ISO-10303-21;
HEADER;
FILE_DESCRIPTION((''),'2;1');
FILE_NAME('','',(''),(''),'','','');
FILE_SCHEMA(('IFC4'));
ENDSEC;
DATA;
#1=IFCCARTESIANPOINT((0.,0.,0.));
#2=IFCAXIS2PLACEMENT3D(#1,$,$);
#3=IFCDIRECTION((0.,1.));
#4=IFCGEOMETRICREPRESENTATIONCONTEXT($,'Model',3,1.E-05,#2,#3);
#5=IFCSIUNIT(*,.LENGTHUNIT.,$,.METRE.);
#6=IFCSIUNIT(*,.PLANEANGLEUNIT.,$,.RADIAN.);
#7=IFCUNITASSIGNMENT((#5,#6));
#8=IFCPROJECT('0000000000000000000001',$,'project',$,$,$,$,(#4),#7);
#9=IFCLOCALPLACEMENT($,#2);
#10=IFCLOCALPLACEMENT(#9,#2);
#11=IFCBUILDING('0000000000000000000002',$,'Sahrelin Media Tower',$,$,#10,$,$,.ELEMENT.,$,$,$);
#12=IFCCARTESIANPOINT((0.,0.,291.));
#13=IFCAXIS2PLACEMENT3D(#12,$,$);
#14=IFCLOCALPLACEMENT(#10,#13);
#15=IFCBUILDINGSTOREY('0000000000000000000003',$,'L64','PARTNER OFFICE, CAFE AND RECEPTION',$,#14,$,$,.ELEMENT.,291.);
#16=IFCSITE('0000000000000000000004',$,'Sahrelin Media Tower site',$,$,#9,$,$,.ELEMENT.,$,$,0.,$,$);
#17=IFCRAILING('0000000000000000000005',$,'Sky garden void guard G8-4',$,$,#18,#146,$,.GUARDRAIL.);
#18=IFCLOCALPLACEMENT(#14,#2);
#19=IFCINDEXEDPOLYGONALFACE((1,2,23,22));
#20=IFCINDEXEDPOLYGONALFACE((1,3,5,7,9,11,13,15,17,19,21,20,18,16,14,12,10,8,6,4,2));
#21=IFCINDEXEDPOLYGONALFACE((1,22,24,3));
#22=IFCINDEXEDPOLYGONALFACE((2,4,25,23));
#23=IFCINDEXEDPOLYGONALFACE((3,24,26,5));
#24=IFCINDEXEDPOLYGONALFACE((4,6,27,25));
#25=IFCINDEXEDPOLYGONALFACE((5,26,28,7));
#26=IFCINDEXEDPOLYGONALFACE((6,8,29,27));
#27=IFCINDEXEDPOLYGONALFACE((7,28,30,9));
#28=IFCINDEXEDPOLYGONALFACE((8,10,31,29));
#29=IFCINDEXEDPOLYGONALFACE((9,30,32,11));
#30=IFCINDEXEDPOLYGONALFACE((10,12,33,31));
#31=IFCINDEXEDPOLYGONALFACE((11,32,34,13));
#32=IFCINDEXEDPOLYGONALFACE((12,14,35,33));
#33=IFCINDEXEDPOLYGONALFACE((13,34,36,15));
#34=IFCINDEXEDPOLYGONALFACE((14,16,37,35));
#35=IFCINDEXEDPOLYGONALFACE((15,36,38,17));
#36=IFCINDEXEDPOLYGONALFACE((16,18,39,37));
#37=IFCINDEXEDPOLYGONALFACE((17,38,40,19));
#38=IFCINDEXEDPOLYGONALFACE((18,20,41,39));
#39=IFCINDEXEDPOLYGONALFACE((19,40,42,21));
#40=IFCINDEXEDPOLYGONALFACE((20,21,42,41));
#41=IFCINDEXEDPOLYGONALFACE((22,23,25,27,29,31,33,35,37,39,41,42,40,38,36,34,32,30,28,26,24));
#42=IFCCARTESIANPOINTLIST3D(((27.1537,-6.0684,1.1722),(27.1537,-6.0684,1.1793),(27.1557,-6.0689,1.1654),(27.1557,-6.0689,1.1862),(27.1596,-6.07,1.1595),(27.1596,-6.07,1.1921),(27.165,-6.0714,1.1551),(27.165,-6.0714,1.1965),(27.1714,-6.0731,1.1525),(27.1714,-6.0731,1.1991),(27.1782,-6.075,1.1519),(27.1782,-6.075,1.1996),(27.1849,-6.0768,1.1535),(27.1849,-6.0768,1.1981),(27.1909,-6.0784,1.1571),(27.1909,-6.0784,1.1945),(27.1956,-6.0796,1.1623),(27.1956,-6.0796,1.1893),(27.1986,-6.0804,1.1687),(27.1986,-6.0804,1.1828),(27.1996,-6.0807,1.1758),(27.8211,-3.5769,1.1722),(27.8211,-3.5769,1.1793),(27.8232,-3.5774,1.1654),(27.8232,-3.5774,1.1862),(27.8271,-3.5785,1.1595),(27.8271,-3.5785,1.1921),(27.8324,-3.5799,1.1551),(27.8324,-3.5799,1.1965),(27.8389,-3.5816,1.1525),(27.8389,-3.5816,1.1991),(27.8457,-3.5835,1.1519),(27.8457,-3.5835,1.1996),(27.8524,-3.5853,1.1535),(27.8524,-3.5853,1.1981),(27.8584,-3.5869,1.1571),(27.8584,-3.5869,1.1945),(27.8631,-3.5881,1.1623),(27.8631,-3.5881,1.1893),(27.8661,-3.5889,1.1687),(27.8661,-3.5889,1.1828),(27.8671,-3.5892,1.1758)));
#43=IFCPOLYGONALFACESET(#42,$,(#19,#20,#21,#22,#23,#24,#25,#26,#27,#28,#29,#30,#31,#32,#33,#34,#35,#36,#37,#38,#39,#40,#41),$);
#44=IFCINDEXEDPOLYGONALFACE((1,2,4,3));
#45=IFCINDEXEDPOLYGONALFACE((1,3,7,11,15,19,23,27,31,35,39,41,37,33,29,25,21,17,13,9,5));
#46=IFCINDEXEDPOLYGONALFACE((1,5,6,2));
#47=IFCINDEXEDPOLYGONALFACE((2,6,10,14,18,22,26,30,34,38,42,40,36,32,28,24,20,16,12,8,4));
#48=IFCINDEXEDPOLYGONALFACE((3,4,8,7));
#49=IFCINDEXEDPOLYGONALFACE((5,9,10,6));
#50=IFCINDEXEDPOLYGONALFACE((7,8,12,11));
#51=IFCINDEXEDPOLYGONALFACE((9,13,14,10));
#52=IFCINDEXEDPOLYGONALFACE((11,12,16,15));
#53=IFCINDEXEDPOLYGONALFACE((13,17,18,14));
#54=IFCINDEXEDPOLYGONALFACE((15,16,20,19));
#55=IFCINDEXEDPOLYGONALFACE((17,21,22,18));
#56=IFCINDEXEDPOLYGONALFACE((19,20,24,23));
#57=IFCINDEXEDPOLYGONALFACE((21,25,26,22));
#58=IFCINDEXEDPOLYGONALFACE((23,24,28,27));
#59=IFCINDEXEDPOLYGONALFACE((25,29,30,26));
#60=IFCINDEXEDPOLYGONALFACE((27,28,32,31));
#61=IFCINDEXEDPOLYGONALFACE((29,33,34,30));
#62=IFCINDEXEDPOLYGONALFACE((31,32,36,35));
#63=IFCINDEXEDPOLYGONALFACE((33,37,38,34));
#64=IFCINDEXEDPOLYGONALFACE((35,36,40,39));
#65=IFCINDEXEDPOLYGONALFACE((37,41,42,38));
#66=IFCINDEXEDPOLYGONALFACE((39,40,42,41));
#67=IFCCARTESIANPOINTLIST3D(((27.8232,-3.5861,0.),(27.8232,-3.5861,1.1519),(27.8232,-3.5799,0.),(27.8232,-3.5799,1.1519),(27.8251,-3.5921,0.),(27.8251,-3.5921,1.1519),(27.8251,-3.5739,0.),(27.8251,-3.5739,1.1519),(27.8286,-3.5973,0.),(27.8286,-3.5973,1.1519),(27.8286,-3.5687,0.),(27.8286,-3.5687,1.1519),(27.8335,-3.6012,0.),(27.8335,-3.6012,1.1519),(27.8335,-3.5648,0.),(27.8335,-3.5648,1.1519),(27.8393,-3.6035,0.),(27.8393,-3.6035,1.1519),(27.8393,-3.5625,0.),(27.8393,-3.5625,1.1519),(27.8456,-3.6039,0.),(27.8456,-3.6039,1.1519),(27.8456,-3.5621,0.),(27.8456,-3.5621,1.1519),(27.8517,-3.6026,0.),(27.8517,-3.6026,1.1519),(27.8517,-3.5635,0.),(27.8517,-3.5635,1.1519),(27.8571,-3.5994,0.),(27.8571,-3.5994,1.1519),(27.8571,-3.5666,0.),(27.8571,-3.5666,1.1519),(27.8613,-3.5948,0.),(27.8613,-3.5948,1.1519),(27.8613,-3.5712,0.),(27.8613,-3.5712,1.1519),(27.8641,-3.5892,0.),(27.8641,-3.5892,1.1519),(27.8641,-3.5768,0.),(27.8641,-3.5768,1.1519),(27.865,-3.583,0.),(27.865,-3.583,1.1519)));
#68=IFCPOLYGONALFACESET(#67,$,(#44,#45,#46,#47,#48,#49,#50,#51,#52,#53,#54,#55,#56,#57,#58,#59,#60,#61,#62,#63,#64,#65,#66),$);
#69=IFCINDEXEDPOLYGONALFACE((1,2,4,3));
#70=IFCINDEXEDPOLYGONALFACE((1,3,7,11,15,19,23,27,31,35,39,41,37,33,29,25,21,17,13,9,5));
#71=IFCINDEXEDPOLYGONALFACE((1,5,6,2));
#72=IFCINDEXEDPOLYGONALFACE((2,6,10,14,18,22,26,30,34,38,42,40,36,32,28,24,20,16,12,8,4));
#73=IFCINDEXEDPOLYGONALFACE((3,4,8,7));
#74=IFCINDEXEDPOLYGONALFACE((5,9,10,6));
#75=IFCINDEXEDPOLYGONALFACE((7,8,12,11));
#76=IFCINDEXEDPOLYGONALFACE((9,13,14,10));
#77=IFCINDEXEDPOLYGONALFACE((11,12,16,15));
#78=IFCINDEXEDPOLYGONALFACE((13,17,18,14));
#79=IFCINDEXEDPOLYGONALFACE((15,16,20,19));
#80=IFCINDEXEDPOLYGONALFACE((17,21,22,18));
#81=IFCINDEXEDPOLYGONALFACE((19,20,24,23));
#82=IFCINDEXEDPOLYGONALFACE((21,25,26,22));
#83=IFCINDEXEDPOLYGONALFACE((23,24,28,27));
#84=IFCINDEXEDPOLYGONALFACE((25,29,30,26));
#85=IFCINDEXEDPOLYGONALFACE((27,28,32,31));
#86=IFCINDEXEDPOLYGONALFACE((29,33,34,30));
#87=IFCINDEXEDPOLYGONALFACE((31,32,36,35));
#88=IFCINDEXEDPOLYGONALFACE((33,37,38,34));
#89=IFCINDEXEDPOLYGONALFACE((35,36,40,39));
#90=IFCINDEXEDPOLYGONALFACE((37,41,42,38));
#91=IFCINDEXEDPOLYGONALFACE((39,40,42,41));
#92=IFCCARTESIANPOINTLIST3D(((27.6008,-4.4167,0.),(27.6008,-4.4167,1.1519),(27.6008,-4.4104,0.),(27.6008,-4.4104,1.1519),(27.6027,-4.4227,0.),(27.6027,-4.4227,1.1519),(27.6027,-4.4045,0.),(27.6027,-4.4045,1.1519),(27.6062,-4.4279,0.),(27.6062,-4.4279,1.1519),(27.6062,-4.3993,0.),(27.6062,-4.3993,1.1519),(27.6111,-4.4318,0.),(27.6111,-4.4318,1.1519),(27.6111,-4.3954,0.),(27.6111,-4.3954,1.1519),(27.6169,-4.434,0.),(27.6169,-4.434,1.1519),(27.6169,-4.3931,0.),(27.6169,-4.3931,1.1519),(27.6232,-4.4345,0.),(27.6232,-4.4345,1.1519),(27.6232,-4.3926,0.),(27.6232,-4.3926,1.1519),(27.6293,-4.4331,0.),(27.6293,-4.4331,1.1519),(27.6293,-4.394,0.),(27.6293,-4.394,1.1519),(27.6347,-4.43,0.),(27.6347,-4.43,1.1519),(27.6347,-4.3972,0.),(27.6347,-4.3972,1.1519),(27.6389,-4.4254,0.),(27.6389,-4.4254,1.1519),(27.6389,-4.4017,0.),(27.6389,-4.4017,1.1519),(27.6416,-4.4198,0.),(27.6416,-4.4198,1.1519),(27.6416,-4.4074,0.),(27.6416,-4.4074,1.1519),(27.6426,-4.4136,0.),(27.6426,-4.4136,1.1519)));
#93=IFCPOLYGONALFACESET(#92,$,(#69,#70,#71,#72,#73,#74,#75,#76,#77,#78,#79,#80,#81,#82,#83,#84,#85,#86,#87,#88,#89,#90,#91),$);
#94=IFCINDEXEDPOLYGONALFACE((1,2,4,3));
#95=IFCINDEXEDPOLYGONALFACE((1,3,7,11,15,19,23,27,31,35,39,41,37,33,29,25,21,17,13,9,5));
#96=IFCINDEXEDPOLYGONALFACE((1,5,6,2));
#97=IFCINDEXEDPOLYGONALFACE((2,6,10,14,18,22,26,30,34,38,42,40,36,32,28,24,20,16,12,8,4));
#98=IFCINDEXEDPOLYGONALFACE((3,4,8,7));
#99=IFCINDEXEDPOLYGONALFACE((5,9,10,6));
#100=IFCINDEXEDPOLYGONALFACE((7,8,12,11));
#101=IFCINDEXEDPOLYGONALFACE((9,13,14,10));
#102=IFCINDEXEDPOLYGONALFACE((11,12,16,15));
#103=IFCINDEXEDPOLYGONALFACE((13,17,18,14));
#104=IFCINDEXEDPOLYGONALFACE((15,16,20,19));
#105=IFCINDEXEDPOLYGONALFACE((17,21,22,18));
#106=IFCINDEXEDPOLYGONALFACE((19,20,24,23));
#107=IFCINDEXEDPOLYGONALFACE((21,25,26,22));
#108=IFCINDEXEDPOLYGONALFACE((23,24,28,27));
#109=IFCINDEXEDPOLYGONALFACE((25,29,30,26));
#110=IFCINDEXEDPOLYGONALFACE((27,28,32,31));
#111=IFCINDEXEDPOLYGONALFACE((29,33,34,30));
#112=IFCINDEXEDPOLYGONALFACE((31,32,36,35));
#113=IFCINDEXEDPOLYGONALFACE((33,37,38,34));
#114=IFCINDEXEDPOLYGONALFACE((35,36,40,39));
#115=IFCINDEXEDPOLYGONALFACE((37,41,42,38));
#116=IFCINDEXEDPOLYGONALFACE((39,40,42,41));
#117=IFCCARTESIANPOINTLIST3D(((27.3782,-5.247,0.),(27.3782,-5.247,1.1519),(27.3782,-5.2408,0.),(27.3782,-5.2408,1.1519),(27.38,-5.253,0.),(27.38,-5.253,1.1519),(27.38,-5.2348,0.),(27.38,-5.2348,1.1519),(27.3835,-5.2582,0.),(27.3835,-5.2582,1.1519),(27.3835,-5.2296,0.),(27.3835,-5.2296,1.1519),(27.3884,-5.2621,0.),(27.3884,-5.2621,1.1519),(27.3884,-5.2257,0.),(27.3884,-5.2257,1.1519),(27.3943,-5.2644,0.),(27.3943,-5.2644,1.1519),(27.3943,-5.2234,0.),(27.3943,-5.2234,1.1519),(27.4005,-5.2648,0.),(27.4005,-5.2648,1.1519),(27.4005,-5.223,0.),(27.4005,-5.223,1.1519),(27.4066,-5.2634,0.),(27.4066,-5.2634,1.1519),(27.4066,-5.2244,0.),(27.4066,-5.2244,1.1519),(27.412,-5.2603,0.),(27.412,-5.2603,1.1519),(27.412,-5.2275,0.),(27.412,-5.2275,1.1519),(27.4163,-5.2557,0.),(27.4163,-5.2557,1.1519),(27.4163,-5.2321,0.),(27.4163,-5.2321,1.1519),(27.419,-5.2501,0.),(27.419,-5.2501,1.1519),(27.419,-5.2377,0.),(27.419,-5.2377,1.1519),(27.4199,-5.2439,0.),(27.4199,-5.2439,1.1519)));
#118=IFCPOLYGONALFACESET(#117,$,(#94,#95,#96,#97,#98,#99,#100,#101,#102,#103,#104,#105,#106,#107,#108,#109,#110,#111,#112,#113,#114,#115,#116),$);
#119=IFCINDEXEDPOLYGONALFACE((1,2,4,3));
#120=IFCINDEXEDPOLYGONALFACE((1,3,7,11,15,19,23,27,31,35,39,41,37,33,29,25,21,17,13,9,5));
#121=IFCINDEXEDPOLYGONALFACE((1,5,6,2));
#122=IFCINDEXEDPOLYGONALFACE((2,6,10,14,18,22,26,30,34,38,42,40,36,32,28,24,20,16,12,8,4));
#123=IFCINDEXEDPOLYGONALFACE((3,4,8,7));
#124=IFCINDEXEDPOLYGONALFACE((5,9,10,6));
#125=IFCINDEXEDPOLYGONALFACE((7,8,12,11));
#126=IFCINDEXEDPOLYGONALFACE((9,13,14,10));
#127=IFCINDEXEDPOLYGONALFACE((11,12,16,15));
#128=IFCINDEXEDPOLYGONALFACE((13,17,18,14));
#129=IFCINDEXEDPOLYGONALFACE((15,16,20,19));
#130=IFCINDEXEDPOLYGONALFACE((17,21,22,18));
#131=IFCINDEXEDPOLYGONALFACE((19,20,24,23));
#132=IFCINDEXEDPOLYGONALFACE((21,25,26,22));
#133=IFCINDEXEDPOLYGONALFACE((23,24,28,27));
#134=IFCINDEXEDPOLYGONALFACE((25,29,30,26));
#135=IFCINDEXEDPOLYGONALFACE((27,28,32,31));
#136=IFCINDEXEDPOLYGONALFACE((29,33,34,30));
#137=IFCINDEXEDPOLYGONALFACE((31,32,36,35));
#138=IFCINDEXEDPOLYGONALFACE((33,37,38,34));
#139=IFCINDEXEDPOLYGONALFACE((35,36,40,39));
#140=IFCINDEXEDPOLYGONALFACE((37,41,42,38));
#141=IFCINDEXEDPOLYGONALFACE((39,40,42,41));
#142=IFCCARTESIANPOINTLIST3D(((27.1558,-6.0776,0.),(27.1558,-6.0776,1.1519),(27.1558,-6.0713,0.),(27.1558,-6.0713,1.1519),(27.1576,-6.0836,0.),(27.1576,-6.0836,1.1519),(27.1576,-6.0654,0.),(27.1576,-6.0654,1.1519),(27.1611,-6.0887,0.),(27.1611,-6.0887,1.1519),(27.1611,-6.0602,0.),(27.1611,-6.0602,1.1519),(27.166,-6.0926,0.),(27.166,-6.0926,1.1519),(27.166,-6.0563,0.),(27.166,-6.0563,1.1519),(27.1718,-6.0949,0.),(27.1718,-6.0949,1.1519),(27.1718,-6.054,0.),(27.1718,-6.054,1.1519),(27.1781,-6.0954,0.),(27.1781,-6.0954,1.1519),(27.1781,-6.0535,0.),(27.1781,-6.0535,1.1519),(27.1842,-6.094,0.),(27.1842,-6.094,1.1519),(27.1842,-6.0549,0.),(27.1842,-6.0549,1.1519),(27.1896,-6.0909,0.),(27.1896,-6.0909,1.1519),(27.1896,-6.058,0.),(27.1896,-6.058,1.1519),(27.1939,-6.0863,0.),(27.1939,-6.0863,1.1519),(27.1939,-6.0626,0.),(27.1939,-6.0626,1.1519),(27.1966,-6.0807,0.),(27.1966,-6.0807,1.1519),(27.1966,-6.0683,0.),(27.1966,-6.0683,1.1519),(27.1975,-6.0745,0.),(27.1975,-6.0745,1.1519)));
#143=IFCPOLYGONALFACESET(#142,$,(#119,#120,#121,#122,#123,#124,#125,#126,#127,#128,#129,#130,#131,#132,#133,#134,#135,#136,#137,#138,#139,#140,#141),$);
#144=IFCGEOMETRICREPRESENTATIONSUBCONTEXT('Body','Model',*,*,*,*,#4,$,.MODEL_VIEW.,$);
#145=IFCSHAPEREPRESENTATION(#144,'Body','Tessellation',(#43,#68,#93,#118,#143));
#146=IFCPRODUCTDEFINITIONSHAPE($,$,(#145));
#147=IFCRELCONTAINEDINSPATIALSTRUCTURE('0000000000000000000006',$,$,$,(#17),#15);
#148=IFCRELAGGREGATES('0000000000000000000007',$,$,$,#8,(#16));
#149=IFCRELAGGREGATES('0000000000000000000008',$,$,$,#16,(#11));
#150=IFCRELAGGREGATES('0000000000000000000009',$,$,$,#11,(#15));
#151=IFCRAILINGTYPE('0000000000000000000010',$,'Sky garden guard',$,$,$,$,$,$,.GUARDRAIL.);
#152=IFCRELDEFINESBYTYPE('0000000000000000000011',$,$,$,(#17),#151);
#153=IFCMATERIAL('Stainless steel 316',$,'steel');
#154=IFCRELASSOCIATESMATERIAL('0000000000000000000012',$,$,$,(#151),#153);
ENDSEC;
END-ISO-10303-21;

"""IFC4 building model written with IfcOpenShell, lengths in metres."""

from ifc_helpers import new_model, si_unit, direction, frame, origin, origin_2d, place, context, subcontext, project, spatial, circle, extrude, material, type_object, element, save


model = new_model("IFC4")

# Units and contexts
model_context = context("Model", 3, precision=1e-05, world=origin(), true_north=direction((0.0, 1.0)))
body_context = subcontext(model_context, "Body", "Model", "MODEL_VIEW")
ifc_project = project(units=[si_unit("LENGTHUNIT", "METRE"), si_unit("PLANEANGLEUNIT", "RADIAN")], contexts=[model_context])

# Site, building, storey
site_placement = place(None, origin())
site = spatial("IfcSite", under=ifc_project, at=site_placement, Name="Sahrelin Media Tower site", CompositionType="ELEMENT", RefElevation=0.0)
building_placement = place(site_placement, origin())
building = spatial("IfcBuilding", under=site, at=building_placement, Name="Sahrelin Media Tower", CompositionType="ELEMENT")
storey_placement = place(building_placement, frame((0.0, 0.0, 291.0)))
storey = spatial("IfcBuildingStorey", under=building, at=storey_placement, Name="L64", Description="PARTNER OFFICE, CAFE AND RECEPTION", CompositionType="ELEMENT", Elevation=291.0)

# Railing
ifc_material_1 = material(Name="Stainless steel 316", Category="steel")
railing_type = type_object("IfcRailingType", Name="Sky garden guard", PredefinedType="GUARDRAIL", material=ifc_material_1)
railing_1_placement = place(storey_placement, frame((27.844, -3.583, 0.0)))
element("IfcRailing", 1, at=railing_1_placement, inside=storey, type_object=railing_type, Name="Sky garden void guard G8-4", PredefinedType="GUARDRAIL", context=body_context, shape_type="SweptSolid", body=[
    extrude(circle(Radius=0.0239, at=origin_2d()), frame((0.0, 0.0, 1.1758), z_axis=(-0.258782, -0.965936, 0.0), x_axis=(0.965936, -0.258782, 0.0)), (0.0, 0.0, 1.0), 2.5793),
    extrude(circle(Radius=0.021, at=origin_2d()), origin(), (0.0, 0.0, 1.0), 1.1519),
    extrude(circle(Radius=0.021, at=origin_2d()), frame((-0.2224, -0.8306, 0.0)), (0.0, 0.0, 1.0), 1.1519),
    extrude(circle(Radius=0.021, at=origin_2d()), frame((-0.4451, -1.6609, 0.0)), (0.0, 0.0, 1.0), 1.1519),
    extrude(circle(Radius=0.021, at=origin_2d()), frame((-0.6675, -2.4915, 0.0)), (0.0, 0.0, 1.0), 1.1519),
])

save(model, "model.ifc")
